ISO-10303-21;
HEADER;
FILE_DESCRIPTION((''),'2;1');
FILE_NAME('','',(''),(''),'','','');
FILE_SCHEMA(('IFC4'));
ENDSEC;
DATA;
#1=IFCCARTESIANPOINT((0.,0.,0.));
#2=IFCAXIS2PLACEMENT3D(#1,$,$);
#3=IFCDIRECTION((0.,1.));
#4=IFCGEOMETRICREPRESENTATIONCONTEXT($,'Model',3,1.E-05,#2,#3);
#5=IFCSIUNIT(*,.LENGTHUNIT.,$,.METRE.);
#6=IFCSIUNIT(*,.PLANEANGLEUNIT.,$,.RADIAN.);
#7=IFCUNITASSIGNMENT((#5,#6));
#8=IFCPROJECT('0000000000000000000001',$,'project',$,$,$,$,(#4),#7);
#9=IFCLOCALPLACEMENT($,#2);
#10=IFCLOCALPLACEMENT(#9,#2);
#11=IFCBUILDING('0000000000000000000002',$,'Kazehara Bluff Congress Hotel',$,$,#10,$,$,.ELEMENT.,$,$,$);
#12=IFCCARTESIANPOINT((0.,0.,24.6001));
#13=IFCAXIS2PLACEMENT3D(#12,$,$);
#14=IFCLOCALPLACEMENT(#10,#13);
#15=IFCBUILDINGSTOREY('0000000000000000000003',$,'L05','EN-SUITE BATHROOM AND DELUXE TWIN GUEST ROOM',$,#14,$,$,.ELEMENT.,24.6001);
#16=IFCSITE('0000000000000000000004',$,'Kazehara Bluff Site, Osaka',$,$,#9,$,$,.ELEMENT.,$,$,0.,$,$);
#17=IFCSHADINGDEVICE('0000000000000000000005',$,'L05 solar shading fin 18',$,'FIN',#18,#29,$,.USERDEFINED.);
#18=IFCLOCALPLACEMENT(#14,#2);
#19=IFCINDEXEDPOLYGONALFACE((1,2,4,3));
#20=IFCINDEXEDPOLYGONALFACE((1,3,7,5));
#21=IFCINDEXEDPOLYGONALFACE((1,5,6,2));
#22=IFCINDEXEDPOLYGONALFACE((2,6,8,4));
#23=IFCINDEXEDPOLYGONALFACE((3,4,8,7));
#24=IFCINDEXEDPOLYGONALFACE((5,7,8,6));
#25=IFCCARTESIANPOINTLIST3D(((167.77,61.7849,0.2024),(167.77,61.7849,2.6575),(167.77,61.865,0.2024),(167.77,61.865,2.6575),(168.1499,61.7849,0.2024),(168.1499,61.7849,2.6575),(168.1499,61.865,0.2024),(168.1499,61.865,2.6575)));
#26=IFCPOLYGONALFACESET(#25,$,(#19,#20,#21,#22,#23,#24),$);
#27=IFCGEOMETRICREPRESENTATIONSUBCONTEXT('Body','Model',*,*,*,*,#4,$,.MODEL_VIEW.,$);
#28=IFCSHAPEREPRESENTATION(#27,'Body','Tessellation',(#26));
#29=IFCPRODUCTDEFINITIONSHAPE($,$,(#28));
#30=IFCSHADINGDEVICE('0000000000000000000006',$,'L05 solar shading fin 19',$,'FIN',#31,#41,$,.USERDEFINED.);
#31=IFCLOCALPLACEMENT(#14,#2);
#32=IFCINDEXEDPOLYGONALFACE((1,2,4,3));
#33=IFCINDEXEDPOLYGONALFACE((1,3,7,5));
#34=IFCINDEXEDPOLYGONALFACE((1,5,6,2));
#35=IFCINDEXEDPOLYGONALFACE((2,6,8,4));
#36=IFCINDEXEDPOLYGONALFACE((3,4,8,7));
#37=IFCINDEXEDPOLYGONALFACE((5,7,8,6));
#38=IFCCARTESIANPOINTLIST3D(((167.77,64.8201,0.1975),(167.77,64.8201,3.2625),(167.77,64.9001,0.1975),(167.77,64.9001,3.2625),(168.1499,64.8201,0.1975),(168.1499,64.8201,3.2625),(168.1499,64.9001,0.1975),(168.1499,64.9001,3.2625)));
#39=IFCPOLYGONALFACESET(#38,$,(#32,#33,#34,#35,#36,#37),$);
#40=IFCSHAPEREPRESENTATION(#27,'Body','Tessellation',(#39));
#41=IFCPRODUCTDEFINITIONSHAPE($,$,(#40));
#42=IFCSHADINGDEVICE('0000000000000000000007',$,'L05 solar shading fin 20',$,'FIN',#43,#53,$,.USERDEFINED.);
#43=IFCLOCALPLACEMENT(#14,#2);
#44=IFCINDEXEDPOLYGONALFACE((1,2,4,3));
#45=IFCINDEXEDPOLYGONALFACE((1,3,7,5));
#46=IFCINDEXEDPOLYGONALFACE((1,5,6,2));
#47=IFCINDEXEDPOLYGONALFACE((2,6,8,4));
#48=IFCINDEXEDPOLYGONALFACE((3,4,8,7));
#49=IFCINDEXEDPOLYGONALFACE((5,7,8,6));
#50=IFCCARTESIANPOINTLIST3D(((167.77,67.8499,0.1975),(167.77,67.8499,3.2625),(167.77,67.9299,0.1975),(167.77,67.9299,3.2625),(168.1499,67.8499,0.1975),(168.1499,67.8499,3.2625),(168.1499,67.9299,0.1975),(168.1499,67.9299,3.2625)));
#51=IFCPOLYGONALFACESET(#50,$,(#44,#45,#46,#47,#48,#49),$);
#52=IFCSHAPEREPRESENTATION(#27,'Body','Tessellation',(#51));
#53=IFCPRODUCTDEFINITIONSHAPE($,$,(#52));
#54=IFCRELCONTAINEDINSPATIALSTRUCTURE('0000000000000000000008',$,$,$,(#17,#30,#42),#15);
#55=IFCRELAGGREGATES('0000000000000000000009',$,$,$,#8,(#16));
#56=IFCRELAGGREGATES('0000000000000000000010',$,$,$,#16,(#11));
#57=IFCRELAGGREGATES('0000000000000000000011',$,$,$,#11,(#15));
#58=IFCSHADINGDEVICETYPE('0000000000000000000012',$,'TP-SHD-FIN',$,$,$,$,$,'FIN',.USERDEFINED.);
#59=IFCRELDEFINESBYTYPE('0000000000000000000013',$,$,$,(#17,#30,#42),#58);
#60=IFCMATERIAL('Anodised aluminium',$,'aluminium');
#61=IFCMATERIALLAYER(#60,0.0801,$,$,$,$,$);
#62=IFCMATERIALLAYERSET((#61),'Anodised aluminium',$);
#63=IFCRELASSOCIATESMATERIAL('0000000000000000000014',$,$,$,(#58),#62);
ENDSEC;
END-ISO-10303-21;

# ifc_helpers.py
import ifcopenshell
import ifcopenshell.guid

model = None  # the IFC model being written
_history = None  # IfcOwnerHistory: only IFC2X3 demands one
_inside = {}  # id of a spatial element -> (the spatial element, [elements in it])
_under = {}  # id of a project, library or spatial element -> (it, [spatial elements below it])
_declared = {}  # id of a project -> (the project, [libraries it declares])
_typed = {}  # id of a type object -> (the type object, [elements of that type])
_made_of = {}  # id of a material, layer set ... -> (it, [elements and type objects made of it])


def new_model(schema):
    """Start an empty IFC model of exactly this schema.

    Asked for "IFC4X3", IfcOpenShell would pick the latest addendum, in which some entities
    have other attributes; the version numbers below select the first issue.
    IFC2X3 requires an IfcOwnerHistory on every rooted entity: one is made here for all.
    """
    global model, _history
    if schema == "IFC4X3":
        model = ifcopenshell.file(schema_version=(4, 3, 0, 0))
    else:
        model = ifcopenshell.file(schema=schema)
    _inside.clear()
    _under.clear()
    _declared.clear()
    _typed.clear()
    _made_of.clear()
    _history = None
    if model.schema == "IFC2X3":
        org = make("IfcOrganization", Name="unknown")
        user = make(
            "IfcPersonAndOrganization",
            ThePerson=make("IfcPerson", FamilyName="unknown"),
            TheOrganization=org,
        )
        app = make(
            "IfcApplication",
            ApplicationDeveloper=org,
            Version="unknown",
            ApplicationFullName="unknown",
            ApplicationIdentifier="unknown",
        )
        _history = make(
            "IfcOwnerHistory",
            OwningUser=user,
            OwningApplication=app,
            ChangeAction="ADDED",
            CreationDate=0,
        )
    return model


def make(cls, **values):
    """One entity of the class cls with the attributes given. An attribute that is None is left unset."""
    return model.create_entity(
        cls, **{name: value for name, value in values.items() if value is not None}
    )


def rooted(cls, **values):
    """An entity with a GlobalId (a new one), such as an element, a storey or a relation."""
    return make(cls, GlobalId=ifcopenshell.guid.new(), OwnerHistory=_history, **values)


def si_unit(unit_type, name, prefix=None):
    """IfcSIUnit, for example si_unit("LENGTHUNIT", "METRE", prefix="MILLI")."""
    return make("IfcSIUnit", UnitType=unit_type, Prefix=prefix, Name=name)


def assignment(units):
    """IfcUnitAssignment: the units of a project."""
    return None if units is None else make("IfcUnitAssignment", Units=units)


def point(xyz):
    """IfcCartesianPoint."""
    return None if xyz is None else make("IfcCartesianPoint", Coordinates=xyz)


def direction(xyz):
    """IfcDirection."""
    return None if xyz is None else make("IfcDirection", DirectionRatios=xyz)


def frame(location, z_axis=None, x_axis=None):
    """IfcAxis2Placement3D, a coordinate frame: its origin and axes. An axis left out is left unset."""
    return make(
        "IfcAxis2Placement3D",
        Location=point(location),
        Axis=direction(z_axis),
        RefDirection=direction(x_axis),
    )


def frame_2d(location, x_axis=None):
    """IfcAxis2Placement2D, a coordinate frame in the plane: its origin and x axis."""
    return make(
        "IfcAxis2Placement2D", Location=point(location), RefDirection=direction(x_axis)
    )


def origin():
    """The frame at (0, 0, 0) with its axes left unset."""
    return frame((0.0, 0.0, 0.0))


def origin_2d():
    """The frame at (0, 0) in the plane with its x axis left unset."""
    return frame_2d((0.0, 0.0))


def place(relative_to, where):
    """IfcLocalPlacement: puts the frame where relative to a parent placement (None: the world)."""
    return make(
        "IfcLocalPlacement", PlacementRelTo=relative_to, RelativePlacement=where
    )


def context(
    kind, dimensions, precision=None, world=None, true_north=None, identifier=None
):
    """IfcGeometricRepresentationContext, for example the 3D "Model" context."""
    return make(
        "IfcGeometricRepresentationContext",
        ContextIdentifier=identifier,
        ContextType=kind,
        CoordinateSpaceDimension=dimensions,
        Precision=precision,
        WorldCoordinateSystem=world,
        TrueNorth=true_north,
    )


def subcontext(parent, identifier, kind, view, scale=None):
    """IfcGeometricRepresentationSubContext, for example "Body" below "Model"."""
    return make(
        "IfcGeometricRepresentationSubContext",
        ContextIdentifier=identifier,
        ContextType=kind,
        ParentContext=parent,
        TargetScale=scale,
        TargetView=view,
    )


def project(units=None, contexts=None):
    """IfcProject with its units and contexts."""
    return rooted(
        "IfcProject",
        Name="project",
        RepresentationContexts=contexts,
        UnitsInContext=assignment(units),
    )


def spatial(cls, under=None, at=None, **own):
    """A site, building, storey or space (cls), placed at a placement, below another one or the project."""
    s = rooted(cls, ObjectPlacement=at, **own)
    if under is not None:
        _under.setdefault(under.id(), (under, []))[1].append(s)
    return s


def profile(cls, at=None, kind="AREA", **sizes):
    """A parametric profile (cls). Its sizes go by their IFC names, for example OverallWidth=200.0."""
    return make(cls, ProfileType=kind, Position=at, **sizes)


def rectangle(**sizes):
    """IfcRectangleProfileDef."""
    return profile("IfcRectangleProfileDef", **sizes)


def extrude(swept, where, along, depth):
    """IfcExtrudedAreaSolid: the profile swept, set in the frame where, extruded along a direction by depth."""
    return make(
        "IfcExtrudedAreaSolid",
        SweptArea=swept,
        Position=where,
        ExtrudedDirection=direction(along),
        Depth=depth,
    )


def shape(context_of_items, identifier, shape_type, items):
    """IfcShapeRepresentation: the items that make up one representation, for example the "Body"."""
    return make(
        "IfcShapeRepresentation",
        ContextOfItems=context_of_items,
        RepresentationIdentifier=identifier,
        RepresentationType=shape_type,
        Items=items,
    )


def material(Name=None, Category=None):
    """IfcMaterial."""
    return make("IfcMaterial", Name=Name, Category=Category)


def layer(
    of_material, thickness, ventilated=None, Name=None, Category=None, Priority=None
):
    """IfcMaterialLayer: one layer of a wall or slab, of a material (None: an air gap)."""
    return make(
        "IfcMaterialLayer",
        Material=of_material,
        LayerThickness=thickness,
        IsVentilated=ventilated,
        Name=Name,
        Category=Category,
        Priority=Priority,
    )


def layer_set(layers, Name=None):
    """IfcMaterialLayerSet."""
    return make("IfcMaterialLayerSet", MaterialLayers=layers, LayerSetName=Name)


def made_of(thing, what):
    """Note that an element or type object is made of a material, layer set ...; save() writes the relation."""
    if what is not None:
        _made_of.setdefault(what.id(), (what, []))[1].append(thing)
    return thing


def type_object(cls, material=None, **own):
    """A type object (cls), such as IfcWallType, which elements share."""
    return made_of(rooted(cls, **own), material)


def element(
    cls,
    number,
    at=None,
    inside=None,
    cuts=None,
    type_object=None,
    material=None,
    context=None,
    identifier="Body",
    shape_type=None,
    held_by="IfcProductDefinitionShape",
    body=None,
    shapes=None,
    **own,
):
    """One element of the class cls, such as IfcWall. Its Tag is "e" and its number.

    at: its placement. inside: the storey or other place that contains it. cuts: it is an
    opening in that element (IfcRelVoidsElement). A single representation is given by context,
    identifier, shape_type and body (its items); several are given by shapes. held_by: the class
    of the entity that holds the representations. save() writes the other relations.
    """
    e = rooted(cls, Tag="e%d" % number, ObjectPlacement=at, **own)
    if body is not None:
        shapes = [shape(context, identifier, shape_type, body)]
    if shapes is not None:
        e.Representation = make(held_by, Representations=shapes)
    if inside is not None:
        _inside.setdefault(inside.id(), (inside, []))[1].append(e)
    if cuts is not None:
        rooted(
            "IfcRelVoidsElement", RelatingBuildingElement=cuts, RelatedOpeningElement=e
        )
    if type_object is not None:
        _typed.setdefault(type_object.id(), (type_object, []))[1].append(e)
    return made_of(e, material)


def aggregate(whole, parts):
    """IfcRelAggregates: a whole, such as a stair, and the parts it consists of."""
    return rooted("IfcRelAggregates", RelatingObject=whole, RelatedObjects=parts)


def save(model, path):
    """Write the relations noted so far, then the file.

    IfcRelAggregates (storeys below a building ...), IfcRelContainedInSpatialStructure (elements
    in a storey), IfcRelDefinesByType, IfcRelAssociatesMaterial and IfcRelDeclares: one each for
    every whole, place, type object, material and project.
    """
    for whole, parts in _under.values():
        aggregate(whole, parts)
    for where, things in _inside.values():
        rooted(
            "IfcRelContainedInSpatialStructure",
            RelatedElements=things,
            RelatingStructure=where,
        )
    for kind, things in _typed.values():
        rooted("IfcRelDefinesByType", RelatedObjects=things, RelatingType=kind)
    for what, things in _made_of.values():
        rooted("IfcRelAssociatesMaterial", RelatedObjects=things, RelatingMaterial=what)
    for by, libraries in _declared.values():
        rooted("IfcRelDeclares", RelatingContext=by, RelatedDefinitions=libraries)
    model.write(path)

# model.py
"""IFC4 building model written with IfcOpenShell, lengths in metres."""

from ifc_helpers import new_model, si_unit, direction, frame, origin, origin_2d, place, context, subcontext, project, spatial, rectangle, extrude, material, layer, layer_set, type_object, element, save


model = new_model("IFC4")

# Units and contexts
model_context = context("Model", 3, precision=1e-05, world=origin(), true_north=direction((0.0, 1.0)))
body_context = subcontext(model_context, "Body", "Model", "MODEL_VIEW")
ifc_project = project(units=[si_unit("LENGTHUNIT", "METRE"), si_unit("PLANEANGLEUNIT", "RADIAN")], contexts=[model_context])

# Site, building, storey
site_placement = place(None, origin())
site = spatial("IfcSite", under=ifc_project, at=site_placement, Name="Kazehara Bluff Site, Osaka", CompositionType="ELEMENT", RefElevation=0.0)
building_placement = place(site_placement, origin())
building = spatial("IfcBuilding", under=site, at=building_placement, Name="Kazehara Bluff Congress Hotel", CompositionType="ELEMENT")
storey_placement = place(building_placement, frame((0.0, 0.0, 24.6001)))
storey = spatial("IfcBuildingStorey", under=building, at=storey_placement, Name="L05", Description="EN-SUITE BATHROOM AND DELUXE TWIN GUEST ROOM", CompositionType="ELEMENT", Elevation=24.6001)

# Shading devices
ifc_material_1 = material(Name="Anodised aluminium", Category="aluminium")
ifc_layer_1 = layer(ifc_material_1, 0.0801)
ifc_layer_set_1 = layer_set([ifc_layer_1], Name="Anodised aluminium")
shading_device_type = type_object("IfcShadingDeviceType", Name="TP-SHD-FIN", ElementType="FIN", PredefinedType="USERDEFINED", material=ifc_layer_set_1)
shading_device_placement = place(storey_placement, frame((167.96, 61.825, 0.2024), z_axis=(0.0, 0.0, 1.0), x_axis=(1.0, 0.0, 0.0)))
element("IfcShadingDevice", 1, at=shading_device_placement, inside=storey, type_object=shading_device_type, Name="L05 solar shading fin 18", ObjectType="FIN", PredefinedType="USERDEFINED", context=body_context, shape_type="SweptSolid", body=[
    extrude(rectangle(XDim=0.3799, YDim=0.0801, at=origin_2d()), origin(), (0.0, 0.0, 1.0), 2.4551),
])
for number, where, z_axis, x_axis, name in (
    (2, (167.96, 64.8601, 0.1975), (0.0, 0.0, 1.0), (1.0, 0.0, 0.0), "L05 solar shading fin 19"),
    (3, (167.96, 67.8899, 0.1975), (0.0, 0.0, 1.0), (1.0, 0.0, 0.0), "L05 solar shading fin 20"),
):
    element("IfcShadingDevice", number, at=place(storey_placement, frame(where, z_axis=z_axis, x_axis=x_axis)), inside=storey, type_object=shading_device_type, Name=name, ObjectType="FIN", PredefinedType="USERDEFINED", context=body_context, shape_type="SweptSolid", body=[
        extrude(rectangle(XDim=0.3799, YDim=0.0801, at=origin_2d()), origin(), (0.0, 0.0, 1.0), 3.0649),
    ])

save(model, "model.ifc")
